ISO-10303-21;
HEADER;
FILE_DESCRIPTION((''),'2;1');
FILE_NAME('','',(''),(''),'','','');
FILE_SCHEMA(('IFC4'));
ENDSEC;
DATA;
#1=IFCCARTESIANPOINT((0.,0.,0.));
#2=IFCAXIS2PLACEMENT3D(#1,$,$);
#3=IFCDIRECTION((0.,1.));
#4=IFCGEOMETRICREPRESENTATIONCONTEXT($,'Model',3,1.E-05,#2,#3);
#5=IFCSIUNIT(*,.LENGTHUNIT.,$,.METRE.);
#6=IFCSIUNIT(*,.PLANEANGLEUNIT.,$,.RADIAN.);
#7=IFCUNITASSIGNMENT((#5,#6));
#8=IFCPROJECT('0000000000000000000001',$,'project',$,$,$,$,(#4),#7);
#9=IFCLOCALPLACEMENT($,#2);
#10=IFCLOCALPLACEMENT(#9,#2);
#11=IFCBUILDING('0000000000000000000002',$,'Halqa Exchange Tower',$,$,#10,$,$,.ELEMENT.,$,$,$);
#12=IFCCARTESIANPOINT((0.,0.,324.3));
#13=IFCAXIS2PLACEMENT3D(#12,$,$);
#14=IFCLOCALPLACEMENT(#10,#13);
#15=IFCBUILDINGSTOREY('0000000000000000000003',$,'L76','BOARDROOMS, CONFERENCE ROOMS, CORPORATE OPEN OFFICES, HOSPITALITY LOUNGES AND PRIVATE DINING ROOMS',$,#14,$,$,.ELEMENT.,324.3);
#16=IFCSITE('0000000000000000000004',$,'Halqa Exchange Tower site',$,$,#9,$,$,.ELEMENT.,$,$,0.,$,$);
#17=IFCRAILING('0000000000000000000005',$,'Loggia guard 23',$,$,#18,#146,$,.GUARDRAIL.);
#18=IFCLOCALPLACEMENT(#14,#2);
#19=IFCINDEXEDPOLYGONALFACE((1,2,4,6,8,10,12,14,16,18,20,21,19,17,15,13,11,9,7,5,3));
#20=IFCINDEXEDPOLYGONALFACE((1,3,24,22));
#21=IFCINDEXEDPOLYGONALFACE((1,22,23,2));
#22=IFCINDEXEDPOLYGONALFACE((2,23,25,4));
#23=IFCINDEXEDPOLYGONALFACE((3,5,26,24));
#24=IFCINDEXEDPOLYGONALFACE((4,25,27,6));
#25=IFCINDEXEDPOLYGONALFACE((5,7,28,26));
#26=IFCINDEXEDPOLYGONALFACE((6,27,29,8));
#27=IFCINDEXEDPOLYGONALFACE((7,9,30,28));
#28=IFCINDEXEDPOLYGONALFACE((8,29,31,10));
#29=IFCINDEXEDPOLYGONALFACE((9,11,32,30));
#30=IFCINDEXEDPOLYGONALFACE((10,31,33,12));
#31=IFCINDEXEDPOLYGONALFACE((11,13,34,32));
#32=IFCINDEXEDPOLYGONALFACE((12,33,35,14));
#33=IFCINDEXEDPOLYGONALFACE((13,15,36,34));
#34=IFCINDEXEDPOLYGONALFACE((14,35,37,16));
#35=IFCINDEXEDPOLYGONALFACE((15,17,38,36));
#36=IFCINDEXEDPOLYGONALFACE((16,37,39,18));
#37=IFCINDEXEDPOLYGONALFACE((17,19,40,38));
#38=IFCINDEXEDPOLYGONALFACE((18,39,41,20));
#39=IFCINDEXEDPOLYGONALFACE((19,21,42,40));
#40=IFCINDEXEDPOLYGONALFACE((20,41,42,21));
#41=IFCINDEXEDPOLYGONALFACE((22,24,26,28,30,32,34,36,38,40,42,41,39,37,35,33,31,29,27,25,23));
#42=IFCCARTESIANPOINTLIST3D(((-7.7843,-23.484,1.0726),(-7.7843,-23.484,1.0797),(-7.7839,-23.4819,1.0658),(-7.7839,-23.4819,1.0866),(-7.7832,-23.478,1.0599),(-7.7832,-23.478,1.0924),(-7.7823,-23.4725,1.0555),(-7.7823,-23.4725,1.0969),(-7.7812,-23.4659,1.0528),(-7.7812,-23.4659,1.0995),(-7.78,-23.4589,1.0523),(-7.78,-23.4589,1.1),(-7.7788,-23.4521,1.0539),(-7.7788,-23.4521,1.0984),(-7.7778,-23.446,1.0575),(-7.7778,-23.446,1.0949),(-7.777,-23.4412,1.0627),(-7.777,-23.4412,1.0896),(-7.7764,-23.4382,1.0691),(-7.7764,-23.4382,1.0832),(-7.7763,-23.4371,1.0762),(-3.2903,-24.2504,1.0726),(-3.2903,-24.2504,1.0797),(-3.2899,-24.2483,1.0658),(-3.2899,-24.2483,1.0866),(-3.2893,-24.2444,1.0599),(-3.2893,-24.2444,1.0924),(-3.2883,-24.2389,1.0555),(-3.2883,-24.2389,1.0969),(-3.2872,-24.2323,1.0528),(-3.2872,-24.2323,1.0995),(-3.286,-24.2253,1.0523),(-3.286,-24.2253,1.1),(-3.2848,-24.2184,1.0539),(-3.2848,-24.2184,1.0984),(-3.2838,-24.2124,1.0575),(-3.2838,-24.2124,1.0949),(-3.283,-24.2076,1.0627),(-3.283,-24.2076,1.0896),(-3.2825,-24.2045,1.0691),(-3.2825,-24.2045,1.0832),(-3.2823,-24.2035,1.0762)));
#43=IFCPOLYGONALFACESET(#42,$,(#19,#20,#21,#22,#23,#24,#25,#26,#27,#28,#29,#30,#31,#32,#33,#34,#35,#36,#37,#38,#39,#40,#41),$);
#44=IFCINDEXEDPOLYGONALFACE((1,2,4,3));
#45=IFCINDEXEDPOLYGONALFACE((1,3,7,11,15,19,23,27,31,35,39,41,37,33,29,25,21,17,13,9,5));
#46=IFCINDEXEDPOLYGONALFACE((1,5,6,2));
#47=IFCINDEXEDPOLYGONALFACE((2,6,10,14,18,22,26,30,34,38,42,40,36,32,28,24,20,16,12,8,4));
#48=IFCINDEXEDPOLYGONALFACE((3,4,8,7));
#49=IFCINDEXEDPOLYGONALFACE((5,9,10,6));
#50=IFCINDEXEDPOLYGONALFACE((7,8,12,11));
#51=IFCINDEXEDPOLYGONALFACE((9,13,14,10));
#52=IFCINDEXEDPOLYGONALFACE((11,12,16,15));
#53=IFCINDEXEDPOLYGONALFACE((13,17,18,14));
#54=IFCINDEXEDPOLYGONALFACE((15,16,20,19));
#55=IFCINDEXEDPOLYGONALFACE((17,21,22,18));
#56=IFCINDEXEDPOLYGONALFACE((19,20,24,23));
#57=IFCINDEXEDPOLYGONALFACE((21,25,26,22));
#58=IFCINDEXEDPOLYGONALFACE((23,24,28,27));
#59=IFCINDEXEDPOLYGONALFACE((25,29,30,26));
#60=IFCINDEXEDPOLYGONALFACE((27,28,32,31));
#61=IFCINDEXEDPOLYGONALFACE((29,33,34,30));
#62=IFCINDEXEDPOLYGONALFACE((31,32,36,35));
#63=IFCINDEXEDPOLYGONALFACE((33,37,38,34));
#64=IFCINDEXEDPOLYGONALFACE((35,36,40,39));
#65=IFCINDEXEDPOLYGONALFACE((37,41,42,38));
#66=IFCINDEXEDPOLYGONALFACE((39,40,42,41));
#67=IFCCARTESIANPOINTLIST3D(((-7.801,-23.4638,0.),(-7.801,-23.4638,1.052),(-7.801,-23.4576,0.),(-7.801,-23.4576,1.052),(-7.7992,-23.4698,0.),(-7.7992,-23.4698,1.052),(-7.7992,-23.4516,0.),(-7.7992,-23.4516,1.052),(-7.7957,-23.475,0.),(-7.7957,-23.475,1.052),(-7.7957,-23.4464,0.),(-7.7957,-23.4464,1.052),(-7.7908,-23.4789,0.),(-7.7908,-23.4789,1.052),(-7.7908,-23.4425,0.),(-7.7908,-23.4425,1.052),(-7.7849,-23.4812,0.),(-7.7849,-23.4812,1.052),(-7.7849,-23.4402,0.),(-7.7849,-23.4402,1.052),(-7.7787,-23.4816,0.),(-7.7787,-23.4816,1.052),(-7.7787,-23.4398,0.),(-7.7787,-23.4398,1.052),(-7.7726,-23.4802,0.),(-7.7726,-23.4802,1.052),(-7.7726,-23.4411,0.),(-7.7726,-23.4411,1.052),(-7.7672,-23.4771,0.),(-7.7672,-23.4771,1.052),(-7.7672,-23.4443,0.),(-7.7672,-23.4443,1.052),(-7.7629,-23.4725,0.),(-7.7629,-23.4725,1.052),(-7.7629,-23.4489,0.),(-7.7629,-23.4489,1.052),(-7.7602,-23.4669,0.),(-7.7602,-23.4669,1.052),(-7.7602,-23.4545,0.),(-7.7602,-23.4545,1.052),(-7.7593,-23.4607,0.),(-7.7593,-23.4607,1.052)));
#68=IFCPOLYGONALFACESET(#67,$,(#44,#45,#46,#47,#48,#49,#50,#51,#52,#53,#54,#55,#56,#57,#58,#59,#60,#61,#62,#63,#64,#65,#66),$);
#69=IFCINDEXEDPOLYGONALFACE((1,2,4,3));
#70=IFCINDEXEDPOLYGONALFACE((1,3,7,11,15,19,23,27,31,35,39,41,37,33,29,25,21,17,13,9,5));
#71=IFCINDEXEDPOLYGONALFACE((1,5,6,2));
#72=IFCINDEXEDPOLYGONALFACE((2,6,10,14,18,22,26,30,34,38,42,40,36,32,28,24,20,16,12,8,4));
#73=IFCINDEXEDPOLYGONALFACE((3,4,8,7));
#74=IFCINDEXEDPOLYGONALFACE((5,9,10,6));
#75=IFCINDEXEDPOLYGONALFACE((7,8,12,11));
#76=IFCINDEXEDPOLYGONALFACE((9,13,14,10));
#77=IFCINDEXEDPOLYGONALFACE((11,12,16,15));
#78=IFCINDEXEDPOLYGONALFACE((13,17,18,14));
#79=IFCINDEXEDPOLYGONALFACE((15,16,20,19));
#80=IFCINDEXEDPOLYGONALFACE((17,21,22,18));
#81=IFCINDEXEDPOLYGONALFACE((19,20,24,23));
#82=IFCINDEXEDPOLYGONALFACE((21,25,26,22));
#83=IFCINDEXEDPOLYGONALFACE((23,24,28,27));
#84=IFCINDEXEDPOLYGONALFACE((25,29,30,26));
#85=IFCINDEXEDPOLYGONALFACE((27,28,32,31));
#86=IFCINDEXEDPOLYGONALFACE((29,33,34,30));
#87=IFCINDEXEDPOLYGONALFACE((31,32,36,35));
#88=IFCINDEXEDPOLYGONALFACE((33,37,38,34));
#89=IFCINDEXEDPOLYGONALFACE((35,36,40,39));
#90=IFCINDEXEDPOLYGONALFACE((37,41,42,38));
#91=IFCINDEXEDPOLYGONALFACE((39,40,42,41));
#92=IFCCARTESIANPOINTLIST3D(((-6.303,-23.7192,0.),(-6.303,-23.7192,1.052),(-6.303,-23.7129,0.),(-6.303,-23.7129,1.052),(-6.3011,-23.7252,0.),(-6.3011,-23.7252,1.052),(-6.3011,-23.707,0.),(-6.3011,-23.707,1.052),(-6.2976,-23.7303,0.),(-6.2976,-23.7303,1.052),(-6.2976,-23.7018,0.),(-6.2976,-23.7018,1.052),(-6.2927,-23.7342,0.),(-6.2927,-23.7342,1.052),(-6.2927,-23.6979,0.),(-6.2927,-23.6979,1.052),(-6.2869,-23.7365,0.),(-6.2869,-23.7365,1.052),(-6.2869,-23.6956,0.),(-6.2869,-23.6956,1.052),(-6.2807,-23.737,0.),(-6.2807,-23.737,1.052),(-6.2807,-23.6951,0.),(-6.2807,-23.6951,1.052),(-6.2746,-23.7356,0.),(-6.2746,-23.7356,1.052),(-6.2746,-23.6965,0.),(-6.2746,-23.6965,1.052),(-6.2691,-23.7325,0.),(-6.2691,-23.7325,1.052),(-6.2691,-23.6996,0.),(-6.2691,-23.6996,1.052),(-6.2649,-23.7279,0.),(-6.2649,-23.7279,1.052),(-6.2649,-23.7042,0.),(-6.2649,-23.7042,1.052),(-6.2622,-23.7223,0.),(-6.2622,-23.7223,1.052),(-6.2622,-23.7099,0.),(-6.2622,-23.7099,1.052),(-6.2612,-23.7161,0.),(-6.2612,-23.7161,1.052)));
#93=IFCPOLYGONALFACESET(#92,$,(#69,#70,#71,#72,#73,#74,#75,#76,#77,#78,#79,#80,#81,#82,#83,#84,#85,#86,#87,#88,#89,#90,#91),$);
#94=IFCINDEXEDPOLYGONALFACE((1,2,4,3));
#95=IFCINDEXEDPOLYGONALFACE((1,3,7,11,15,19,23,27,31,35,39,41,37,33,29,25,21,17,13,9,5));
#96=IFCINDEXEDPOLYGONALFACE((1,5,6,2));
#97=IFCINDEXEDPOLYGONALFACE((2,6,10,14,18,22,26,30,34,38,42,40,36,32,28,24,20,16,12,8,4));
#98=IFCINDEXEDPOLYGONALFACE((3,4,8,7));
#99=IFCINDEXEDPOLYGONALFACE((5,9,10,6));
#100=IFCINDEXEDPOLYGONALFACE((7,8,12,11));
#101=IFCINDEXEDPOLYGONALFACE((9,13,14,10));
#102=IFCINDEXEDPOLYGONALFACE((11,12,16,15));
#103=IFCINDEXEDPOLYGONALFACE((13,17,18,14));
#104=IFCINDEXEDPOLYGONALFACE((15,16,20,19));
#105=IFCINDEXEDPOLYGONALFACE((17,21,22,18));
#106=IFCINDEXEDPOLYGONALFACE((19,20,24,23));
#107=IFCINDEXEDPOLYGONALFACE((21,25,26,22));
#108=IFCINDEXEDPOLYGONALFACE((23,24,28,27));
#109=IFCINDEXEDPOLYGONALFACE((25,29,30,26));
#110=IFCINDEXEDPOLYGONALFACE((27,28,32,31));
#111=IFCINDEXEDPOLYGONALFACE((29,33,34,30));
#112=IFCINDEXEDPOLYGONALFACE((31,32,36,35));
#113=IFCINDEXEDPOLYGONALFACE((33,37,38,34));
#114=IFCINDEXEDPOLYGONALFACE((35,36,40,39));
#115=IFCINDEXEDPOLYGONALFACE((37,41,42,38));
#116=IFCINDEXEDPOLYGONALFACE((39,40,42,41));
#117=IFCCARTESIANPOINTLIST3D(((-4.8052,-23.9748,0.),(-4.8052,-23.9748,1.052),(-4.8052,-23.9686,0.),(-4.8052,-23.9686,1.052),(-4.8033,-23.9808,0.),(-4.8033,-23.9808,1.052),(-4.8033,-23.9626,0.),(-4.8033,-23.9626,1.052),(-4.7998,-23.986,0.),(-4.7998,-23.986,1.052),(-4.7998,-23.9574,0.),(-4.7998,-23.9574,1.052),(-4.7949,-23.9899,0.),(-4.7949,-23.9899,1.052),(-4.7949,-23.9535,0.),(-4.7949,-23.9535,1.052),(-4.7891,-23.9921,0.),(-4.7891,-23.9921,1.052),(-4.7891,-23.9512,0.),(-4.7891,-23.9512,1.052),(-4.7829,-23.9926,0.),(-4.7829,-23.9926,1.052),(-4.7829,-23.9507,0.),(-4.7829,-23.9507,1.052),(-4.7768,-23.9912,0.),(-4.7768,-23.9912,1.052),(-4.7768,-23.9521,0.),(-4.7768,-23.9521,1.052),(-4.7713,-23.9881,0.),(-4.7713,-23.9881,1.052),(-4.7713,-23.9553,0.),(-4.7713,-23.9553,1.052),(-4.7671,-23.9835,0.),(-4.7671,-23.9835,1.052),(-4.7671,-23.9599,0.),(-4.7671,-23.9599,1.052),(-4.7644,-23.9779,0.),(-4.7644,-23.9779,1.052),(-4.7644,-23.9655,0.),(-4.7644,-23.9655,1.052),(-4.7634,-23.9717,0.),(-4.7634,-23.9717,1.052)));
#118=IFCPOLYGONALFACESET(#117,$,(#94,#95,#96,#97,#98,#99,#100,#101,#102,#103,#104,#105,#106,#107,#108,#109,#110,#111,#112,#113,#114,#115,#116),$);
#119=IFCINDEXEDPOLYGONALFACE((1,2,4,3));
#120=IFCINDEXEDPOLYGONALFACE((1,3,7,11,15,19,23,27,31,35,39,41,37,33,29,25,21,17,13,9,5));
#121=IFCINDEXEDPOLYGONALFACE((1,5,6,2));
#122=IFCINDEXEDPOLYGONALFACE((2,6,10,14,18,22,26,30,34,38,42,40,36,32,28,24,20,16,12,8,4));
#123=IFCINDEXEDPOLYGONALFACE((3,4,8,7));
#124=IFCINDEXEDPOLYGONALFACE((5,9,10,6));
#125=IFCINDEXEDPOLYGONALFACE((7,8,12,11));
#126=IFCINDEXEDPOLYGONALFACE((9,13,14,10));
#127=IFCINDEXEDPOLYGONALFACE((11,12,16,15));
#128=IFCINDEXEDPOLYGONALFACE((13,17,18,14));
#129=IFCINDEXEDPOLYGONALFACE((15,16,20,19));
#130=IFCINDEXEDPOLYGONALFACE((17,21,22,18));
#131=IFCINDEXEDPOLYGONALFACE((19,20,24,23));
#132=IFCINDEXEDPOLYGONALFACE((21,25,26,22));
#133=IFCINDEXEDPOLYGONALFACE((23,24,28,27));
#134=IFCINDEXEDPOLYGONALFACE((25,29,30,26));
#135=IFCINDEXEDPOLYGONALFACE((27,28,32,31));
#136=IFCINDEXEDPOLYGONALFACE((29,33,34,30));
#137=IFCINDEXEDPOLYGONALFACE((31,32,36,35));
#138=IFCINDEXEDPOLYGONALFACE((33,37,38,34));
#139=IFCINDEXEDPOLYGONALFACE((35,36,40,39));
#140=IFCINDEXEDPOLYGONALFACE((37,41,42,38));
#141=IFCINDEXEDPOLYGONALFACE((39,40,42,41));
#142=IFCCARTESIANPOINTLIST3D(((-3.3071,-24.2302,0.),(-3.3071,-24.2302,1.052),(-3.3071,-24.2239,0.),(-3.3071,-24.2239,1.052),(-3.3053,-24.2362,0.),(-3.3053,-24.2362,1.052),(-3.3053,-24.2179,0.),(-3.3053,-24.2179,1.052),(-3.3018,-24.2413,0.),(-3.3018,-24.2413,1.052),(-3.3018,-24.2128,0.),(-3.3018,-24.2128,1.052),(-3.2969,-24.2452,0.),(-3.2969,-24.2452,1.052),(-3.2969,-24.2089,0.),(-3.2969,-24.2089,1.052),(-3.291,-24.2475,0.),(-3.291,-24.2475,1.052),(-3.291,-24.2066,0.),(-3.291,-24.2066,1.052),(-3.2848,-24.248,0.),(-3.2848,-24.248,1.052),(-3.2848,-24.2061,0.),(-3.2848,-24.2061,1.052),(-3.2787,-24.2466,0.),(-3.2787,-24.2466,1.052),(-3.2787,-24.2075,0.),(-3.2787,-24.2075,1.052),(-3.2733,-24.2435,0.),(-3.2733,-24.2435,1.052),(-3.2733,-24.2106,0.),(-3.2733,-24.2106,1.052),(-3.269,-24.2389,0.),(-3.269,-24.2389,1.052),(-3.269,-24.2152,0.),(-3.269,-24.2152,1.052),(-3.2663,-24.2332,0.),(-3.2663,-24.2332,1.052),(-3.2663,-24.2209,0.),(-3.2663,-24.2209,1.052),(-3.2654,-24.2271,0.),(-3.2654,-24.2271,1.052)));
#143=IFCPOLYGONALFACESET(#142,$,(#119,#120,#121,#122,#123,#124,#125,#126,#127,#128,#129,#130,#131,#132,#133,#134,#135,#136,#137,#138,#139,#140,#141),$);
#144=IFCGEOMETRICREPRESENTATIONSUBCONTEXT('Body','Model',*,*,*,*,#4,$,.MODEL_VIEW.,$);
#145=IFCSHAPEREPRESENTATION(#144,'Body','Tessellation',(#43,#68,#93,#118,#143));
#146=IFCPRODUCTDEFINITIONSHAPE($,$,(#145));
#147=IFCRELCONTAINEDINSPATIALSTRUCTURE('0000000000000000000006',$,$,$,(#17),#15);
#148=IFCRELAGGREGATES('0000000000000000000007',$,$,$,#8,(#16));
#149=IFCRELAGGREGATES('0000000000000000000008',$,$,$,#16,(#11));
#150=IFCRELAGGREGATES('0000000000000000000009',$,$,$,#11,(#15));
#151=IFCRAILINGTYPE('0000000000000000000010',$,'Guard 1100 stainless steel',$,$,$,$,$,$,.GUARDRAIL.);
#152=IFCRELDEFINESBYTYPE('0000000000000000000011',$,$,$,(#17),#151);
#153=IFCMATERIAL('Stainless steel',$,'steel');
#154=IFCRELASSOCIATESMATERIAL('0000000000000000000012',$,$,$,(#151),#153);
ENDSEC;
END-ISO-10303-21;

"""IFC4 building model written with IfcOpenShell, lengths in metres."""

from ifc_helpers import new_model, si_unit, direction, frame, origin, origin_2d, place, context, subcontext, project, spatial, circle, extrude, material, type_object, element, save


model = new_model("IFC4")

# Units and contexts
model_context = context("Model", 3, precision=1e-05, world=origin(), true_north=direction((0.0, 1.0)))
body_context = subcontext(model_context, "Body", "Model", "MODEL_VIEW")
ifc_project = project(units=[si_unit("LENGTHUNIT", "METRE"), si_unit("PLANEANGLEUNIT", "RADIAN")], contexts=[model_context])

# Site, building, storey
site_placement = place(None, origin())
site = spatial("IfcSite", under=ifc_project, at=site_placement, Name="Halqa Exchange Tower site", CompositionType="ELEMENT", RefElevation=0.0)
building_placement = place(site_placement, origin())
building = spatial("IfcBuilding", under=site, at=building_placement, Name="Halqa Exchange Tower", CompositionType="ELEMENT")
storey_placement = place(building_placement, frame((0.0, 0.0, 324.3)))
storey = spatial("IfcBuildingStorey", under=building, at=storey_placement, Name="L76", Description="BOARDROOMS, CONFERENCE ROOMS, CORPORATE OPEN OFFICES, HOSPITALITY LOUNGES AND PRIVATE DINING ROOMS", CompositionType="ELEMENT", Elevation=324.3)

# Railing
ifc_material_1 = material(Name="Stainless steel", Category="steel")
railing_type = type_object("IfcRailingType", Name="Guard 1100 stainless steel", PredefinedType="GUARDRAIL", material=ifc_material_1)
railing_1_placement = place(storey_placement, frame((-7.7803, -23.4607, 0.0)))
element("IfcRailing", 1, at=railing_1_placement, inside=storey, type_object=railing_type, Name="Loggia guard 23", PredefinedType="GUARDRAIL", context=body_context, shape_type="SweptSolid", body=[
    extrude(circle(Radius=0.0239, at=origin_2d()), frame((0.0, 0.0, 1.0762), z_axis=(0.985769, -0.168106, 0.0), x_axis=(0.168106, 0.985769, 0.0)), (0.0, 0.0, 1.0), 4.5588),
    extrude(circle(Radius=0.021, at=origin_2d()), origin(), (0.0, 0.0, 1.0), 1.052),
    extrude(circle(Radius=0.021, at=origin_2d()), frame((1.498, -0.2554, 0.0)), (0.0, 0.0, 1.0), 1.052),
    extrude(circle(Radius=0.021, at=origin_2d()), frame((2.9958, -0.511, 0.0)), (0.0, 0.0, 1.0), 1.052),
    extrude(circle(Radius=0.021, at=origin_2d()), frame((4.4939, -0.7664, 0.0)), (0.0, 0.0, 1.0), 1.052),
])

save(model, "model.ifc")
